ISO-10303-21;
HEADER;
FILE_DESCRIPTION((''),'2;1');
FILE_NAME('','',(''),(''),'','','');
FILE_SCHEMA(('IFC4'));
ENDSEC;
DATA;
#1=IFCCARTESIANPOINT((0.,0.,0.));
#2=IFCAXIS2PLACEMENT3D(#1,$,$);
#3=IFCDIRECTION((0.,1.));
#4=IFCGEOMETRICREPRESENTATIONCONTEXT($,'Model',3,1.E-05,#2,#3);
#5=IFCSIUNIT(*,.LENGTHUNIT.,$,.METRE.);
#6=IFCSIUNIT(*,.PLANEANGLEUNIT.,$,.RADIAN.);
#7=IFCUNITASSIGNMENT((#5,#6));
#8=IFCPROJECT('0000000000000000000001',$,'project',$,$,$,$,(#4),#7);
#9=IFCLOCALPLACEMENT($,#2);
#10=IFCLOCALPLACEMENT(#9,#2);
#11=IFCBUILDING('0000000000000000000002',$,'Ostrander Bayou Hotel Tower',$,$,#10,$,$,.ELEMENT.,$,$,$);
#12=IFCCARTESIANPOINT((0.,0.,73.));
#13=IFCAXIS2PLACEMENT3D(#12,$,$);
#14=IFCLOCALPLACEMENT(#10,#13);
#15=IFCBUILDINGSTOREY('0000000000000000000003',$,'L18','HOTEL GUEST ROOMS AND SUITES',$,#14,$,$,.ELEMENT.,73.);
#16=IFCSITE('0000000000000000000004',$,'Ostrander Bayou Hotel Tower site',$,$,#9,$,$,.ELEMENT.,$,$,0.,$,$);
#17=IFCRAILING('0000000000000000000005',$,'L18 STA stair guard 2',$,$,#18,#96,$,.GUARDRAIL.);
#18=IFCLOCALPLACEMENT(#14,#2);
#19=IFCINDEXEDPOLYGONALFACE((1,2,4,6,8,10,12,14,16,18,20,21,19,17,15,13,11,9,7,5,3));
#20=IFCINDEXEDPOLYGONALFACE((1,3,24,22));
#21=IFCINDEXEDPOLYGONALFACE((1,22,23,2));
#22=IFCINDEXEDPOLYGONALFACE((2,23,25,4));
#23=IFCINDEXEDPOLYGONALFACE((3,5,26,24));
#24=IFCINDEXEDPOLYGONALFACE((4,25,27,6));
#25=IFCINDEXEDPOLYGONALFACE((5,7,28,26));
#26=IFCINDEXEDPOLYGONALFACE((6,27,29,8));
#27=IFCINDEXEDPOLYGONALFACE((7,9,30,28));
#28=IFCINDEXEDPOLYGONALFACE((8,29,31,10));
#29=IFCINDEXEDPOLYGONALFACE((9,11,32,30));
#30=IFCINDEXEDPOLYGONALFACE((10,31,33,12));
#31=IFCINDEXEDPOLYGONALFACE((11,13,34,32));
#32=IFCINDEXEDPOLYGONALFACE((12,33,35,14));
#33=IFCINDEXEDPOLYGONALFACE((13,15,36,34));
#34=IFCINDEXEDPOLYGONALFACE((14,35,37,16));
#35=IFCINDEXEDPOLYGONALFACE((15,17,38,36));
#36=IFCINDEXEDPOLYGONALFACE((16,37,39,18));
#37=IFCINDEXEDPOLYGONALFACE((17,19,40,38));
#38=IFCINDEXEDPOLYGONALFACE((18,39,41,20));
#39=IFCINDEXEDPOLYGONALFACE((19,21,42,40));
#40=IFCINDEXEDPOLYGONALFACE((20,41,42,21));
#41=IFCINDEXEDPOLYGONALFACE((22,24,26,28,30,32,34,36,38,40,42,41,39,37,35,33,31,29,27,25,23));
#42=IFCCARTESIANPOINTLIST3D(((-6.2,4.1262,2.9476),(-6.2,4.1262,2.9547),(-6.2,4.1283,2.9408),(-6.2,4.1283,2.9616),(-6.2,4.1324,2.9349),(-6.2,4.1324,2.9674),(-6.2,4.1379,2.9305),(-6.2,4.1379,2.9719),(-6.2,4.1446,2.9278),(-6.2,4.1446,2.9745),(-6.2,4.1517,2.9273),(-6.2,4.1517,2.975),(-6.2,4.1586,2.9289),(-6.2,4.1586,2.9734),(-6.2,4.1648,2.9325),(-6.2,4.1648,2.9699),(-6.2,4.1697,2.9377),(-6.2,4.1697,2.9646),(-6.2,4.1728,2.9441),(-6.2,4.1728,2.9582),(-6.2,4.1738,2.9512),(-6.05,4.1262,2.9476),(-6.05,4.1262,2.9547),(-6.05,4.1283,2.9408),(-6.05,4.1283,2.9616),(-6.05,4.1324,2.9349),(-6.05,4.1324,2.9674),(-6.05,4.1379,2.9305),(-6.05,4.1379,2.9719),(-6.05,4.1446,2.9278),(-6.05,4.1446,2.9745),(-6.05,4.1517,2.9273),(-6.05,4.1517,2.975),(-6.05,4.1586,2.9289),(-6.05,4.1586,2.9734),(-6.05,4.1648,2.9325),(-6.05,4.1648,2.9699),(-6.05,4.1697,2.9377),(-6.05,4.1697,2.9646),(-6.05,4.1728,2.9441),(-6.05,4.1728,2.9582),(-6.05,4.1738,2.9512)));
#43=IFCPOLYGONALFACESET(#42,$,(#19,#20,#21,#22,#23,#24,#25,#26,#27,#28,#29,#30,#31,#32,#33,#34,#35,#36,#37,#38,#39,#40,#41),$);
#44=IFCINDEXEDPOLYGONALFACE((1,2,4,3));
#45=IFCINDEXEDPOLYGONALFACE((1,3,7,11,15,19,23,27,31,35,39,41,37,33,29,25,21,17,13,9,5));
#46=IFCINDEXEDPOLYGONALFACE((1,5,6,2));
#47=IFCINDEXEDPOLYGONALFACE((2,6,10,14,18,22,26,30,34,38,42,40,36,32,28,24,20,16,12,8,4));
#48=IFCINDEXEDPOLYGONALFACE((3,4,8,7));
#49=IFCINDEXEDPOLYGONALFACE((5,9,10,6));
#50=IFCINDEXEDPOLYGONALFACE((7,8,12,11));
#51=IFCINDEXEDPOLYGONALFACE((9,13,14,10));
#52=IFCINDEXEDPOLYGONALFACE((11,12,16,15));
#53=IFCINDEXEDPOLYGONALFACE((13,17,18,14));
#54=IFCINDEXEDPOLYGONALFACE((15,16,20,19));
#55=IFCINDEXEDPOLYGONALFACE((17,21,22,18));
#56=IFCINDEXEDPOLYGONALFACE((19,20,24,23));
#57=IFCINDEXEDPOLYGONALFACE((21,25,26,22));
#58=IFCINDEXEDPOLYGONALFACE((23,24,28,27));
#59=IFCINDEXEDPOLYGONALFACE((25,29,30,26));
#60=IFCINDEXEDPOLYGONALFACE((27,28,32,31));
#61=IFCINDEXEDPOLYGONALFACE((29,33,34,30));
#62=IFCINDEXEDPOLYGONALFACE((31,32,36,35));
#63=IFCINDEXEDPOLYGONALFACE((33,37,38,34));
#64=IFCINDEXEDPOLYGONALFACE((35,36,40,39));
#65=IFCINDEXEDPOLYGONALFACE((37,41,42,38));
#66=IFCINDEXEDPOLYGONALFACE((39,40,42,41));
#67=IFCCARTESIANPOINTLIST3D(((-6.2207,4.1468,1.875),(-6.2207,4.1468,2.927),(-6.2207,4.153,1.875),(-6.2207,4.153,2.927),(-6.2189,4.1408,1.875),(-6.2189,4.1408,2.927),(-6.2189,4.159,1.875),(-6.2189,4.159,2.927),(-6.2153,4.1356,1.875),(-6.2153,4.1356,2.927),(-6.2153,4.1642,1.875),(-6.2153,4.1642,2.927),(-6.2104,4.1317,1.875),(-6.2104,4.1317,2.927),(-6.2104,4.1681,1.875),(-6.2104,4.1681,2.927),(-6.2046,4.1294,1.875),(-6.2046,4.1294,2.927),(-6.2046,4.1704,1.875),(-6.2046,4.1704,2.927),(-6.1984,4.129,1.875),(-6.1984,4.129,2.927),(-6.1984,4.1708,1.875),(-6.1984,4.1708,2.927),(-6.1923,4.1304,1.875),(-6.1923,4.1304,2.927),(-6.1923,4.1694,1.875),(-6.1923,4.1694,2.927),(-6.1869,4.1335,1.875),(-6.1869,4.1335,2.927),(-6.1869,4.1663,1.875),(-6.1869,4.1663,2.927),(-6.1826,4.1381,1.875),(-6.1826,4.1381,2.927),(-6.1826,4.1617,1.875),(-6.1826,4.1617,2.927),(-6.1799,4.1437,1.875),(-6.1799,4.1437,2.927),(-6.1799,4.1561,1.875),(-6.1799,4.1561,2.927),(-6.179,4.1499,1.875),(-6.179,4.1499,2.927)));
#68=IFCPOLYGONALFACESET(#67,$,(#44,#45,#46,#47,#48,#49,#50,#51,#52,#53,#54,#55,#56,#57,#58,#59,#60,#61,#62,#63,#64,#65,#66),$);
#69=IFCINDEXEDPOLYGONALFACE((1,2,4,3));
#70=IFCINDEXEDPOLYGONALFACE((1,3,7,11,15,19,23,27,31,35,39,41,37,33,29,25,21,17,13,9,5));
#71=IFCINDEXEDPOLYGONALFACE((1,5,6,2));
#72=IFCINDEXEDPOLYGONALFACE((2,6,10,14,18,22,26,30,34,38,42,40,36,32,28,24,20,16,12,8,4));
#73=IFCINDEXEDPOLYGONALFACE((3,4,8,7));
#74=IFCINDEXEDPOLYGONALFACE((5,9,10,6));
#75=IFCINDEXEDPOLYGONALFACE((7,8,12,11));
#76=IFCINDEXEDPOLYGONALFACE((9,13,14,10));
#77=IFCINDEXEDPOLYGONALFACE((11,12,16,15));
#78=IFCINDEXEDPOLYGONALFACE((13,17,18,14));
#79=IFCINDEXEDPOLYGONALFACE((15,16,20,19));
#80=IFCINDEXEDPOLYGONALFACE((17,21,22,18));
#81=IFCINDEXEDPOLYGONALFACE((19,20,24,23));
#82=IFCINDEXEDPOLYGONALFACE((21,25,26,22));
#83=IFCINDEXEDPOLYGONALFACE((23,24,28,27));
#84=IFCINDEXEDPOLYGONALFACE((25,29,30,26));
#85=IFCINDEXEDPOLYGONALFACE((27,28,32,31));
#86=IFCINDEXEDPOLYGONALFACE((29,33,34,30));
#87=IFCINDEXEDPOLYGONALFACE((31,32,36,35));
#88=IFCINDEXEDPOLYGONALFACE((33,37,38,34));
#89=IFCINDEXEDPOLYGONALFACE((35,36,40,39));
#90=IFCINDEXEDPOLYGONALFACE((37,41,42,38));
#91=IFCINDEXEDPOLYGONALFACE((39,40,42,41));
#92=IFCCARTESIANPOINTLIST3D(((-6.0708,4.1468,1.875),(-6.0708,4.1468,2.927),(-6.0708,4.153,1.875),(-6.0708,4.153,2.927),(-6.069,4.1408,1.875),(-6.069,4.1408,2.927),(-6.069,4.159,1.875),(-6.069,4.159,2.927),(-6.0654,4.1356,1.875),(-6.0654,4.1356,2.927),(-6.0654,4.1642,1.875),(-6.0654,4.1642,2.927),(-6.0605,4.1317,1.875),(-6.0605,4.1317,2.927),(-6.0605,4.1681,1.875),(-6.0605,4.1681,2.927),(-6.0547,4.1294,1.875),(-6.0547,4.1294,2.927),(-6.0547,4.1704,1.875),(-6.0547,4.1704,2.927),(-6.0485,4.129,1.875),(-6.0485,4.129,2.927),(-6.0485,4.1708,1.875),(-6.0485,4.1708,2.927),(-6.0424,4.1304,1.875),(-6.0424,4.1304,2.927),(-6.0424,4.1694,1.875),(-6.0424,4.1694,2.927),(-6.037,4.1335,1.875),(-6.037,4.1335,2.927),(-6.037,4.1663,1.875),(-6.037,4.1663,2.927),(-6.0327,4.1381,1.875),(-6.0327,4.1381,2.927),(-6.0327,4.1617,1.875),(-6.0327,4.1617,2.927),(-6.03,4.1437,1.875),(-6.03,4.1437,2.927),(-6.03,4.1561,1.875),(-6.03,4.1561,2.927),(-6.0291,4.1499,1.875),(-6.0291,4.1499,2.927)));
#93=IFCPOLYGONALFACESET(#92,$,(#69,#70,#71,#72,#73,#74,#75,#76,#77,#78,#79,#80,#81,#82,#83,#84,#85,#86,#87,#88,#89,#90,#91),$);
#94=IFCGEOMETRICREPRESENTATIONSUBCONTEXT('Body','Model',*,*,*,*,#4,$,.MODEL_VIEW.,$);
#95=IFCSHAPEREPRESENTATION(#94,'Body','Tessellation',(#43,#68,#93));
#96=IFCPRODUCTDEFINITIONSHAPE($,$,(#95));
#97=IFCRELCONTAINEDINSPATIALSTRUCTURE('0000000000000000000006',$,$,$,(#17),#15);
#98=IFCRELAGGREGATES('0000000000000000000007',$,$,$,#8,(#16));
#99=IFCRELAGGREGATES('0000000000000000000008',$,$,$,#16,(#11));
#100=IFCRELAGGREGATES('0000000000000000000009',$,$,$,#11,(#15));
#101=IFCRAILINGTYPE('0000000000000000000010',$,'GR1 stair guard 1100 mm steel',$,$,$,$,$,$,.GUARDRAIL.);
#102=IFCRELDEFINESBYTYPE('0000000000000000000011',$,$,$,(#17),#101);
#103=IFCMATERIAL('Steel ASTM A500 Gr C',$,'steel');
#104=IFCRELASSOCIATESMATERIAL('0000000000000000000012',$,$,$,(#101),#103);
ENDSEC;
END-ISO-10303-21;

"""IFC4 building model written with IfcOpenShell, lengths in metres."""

from ifc_helpers import new_model, si_unit, direction, frame, origin, origin_2d, place, context, subcontext, project, spatial, circle, extrude, material, type_object, element, save


model = new_model("IFC4")

# Units and contexts
model_context = context("Model", 3, precision=1e-05, world=origin(), true_north=direction((0.0, 1.0)))
body_context = subcontext(model_context, "Body", "Model", "MODEL_VIEW")
ifc_project = project(units=[si_unit("LENGTHUNIT", "METRE"), si_unit("PLANEANGLEUNIT", "RADIAN")], contexts=[model_context])

# Site, building, storey
site_placement = place(None, origin())
site = spatial("IfcSite", under=ifc_project, at=site_placement, Name="Ostrander Bayou Hotel Tower site", CompositionType="ELEMENT", RefElevation=0.0)
building_placement = place(site_placement, origin())
building = spatial("IfcBuilding", under=site, at=building_placement, Name="Ostrander Bayou Hotel Tower", CompositionType="ELEMENT")
storey_placement = place(building_placement, frame((0.0, 0.0, 73.0)))
storey = spatial("IfcBuildingStorey", under=building, at=storey_placement, Name="L18", Description="HOTEL GUEST ROOMS AND SUITES", CompositionType="ELEMENT", Elevation=73.0)

# Railing
ifc_material_1 = material(Name="Steel ASTM A500 Gr C", Category="steel")
railing_type_1 = type_object("IfcRailingType", Name="GR1 stair guard 1100 mm steel", PredefinedType="GUARDRAIL", material=ifc_material_1)
railing_1_placement = place(storey_placement, frame((-6.2, 4.1499, 1.875)))
element("IfcRailing", 1, at=railing_1_placement, inside=storey, type_object=railing_type_1, Name="L18 STA stair guard 2", PredefinedType="GUARDRAIL", context=body_context, shape_type="SweptSolid", body=[
    extrude(circle(Radius=0.0239, at=origin_2d()), frame((0.0, 0.0, 1.0762), z_axis=(1.0, 0.0, 0.0), x_axis=(0.0, 1.0, 0.0)), (0.0, 0.0, 1.0), 0.1499),
    extrude(circle(Radius=0.021, at=origin_2d()), origin(), (0.0, 0.0, 1.0), 1.052),
    extrude(circle(Radius=0.021, at=origin_2d()), frame((0.1499, 0.0, 0.0)), (0.0, 0.0, 1.0), 1.052),
])

save(model, "model.ifc")
